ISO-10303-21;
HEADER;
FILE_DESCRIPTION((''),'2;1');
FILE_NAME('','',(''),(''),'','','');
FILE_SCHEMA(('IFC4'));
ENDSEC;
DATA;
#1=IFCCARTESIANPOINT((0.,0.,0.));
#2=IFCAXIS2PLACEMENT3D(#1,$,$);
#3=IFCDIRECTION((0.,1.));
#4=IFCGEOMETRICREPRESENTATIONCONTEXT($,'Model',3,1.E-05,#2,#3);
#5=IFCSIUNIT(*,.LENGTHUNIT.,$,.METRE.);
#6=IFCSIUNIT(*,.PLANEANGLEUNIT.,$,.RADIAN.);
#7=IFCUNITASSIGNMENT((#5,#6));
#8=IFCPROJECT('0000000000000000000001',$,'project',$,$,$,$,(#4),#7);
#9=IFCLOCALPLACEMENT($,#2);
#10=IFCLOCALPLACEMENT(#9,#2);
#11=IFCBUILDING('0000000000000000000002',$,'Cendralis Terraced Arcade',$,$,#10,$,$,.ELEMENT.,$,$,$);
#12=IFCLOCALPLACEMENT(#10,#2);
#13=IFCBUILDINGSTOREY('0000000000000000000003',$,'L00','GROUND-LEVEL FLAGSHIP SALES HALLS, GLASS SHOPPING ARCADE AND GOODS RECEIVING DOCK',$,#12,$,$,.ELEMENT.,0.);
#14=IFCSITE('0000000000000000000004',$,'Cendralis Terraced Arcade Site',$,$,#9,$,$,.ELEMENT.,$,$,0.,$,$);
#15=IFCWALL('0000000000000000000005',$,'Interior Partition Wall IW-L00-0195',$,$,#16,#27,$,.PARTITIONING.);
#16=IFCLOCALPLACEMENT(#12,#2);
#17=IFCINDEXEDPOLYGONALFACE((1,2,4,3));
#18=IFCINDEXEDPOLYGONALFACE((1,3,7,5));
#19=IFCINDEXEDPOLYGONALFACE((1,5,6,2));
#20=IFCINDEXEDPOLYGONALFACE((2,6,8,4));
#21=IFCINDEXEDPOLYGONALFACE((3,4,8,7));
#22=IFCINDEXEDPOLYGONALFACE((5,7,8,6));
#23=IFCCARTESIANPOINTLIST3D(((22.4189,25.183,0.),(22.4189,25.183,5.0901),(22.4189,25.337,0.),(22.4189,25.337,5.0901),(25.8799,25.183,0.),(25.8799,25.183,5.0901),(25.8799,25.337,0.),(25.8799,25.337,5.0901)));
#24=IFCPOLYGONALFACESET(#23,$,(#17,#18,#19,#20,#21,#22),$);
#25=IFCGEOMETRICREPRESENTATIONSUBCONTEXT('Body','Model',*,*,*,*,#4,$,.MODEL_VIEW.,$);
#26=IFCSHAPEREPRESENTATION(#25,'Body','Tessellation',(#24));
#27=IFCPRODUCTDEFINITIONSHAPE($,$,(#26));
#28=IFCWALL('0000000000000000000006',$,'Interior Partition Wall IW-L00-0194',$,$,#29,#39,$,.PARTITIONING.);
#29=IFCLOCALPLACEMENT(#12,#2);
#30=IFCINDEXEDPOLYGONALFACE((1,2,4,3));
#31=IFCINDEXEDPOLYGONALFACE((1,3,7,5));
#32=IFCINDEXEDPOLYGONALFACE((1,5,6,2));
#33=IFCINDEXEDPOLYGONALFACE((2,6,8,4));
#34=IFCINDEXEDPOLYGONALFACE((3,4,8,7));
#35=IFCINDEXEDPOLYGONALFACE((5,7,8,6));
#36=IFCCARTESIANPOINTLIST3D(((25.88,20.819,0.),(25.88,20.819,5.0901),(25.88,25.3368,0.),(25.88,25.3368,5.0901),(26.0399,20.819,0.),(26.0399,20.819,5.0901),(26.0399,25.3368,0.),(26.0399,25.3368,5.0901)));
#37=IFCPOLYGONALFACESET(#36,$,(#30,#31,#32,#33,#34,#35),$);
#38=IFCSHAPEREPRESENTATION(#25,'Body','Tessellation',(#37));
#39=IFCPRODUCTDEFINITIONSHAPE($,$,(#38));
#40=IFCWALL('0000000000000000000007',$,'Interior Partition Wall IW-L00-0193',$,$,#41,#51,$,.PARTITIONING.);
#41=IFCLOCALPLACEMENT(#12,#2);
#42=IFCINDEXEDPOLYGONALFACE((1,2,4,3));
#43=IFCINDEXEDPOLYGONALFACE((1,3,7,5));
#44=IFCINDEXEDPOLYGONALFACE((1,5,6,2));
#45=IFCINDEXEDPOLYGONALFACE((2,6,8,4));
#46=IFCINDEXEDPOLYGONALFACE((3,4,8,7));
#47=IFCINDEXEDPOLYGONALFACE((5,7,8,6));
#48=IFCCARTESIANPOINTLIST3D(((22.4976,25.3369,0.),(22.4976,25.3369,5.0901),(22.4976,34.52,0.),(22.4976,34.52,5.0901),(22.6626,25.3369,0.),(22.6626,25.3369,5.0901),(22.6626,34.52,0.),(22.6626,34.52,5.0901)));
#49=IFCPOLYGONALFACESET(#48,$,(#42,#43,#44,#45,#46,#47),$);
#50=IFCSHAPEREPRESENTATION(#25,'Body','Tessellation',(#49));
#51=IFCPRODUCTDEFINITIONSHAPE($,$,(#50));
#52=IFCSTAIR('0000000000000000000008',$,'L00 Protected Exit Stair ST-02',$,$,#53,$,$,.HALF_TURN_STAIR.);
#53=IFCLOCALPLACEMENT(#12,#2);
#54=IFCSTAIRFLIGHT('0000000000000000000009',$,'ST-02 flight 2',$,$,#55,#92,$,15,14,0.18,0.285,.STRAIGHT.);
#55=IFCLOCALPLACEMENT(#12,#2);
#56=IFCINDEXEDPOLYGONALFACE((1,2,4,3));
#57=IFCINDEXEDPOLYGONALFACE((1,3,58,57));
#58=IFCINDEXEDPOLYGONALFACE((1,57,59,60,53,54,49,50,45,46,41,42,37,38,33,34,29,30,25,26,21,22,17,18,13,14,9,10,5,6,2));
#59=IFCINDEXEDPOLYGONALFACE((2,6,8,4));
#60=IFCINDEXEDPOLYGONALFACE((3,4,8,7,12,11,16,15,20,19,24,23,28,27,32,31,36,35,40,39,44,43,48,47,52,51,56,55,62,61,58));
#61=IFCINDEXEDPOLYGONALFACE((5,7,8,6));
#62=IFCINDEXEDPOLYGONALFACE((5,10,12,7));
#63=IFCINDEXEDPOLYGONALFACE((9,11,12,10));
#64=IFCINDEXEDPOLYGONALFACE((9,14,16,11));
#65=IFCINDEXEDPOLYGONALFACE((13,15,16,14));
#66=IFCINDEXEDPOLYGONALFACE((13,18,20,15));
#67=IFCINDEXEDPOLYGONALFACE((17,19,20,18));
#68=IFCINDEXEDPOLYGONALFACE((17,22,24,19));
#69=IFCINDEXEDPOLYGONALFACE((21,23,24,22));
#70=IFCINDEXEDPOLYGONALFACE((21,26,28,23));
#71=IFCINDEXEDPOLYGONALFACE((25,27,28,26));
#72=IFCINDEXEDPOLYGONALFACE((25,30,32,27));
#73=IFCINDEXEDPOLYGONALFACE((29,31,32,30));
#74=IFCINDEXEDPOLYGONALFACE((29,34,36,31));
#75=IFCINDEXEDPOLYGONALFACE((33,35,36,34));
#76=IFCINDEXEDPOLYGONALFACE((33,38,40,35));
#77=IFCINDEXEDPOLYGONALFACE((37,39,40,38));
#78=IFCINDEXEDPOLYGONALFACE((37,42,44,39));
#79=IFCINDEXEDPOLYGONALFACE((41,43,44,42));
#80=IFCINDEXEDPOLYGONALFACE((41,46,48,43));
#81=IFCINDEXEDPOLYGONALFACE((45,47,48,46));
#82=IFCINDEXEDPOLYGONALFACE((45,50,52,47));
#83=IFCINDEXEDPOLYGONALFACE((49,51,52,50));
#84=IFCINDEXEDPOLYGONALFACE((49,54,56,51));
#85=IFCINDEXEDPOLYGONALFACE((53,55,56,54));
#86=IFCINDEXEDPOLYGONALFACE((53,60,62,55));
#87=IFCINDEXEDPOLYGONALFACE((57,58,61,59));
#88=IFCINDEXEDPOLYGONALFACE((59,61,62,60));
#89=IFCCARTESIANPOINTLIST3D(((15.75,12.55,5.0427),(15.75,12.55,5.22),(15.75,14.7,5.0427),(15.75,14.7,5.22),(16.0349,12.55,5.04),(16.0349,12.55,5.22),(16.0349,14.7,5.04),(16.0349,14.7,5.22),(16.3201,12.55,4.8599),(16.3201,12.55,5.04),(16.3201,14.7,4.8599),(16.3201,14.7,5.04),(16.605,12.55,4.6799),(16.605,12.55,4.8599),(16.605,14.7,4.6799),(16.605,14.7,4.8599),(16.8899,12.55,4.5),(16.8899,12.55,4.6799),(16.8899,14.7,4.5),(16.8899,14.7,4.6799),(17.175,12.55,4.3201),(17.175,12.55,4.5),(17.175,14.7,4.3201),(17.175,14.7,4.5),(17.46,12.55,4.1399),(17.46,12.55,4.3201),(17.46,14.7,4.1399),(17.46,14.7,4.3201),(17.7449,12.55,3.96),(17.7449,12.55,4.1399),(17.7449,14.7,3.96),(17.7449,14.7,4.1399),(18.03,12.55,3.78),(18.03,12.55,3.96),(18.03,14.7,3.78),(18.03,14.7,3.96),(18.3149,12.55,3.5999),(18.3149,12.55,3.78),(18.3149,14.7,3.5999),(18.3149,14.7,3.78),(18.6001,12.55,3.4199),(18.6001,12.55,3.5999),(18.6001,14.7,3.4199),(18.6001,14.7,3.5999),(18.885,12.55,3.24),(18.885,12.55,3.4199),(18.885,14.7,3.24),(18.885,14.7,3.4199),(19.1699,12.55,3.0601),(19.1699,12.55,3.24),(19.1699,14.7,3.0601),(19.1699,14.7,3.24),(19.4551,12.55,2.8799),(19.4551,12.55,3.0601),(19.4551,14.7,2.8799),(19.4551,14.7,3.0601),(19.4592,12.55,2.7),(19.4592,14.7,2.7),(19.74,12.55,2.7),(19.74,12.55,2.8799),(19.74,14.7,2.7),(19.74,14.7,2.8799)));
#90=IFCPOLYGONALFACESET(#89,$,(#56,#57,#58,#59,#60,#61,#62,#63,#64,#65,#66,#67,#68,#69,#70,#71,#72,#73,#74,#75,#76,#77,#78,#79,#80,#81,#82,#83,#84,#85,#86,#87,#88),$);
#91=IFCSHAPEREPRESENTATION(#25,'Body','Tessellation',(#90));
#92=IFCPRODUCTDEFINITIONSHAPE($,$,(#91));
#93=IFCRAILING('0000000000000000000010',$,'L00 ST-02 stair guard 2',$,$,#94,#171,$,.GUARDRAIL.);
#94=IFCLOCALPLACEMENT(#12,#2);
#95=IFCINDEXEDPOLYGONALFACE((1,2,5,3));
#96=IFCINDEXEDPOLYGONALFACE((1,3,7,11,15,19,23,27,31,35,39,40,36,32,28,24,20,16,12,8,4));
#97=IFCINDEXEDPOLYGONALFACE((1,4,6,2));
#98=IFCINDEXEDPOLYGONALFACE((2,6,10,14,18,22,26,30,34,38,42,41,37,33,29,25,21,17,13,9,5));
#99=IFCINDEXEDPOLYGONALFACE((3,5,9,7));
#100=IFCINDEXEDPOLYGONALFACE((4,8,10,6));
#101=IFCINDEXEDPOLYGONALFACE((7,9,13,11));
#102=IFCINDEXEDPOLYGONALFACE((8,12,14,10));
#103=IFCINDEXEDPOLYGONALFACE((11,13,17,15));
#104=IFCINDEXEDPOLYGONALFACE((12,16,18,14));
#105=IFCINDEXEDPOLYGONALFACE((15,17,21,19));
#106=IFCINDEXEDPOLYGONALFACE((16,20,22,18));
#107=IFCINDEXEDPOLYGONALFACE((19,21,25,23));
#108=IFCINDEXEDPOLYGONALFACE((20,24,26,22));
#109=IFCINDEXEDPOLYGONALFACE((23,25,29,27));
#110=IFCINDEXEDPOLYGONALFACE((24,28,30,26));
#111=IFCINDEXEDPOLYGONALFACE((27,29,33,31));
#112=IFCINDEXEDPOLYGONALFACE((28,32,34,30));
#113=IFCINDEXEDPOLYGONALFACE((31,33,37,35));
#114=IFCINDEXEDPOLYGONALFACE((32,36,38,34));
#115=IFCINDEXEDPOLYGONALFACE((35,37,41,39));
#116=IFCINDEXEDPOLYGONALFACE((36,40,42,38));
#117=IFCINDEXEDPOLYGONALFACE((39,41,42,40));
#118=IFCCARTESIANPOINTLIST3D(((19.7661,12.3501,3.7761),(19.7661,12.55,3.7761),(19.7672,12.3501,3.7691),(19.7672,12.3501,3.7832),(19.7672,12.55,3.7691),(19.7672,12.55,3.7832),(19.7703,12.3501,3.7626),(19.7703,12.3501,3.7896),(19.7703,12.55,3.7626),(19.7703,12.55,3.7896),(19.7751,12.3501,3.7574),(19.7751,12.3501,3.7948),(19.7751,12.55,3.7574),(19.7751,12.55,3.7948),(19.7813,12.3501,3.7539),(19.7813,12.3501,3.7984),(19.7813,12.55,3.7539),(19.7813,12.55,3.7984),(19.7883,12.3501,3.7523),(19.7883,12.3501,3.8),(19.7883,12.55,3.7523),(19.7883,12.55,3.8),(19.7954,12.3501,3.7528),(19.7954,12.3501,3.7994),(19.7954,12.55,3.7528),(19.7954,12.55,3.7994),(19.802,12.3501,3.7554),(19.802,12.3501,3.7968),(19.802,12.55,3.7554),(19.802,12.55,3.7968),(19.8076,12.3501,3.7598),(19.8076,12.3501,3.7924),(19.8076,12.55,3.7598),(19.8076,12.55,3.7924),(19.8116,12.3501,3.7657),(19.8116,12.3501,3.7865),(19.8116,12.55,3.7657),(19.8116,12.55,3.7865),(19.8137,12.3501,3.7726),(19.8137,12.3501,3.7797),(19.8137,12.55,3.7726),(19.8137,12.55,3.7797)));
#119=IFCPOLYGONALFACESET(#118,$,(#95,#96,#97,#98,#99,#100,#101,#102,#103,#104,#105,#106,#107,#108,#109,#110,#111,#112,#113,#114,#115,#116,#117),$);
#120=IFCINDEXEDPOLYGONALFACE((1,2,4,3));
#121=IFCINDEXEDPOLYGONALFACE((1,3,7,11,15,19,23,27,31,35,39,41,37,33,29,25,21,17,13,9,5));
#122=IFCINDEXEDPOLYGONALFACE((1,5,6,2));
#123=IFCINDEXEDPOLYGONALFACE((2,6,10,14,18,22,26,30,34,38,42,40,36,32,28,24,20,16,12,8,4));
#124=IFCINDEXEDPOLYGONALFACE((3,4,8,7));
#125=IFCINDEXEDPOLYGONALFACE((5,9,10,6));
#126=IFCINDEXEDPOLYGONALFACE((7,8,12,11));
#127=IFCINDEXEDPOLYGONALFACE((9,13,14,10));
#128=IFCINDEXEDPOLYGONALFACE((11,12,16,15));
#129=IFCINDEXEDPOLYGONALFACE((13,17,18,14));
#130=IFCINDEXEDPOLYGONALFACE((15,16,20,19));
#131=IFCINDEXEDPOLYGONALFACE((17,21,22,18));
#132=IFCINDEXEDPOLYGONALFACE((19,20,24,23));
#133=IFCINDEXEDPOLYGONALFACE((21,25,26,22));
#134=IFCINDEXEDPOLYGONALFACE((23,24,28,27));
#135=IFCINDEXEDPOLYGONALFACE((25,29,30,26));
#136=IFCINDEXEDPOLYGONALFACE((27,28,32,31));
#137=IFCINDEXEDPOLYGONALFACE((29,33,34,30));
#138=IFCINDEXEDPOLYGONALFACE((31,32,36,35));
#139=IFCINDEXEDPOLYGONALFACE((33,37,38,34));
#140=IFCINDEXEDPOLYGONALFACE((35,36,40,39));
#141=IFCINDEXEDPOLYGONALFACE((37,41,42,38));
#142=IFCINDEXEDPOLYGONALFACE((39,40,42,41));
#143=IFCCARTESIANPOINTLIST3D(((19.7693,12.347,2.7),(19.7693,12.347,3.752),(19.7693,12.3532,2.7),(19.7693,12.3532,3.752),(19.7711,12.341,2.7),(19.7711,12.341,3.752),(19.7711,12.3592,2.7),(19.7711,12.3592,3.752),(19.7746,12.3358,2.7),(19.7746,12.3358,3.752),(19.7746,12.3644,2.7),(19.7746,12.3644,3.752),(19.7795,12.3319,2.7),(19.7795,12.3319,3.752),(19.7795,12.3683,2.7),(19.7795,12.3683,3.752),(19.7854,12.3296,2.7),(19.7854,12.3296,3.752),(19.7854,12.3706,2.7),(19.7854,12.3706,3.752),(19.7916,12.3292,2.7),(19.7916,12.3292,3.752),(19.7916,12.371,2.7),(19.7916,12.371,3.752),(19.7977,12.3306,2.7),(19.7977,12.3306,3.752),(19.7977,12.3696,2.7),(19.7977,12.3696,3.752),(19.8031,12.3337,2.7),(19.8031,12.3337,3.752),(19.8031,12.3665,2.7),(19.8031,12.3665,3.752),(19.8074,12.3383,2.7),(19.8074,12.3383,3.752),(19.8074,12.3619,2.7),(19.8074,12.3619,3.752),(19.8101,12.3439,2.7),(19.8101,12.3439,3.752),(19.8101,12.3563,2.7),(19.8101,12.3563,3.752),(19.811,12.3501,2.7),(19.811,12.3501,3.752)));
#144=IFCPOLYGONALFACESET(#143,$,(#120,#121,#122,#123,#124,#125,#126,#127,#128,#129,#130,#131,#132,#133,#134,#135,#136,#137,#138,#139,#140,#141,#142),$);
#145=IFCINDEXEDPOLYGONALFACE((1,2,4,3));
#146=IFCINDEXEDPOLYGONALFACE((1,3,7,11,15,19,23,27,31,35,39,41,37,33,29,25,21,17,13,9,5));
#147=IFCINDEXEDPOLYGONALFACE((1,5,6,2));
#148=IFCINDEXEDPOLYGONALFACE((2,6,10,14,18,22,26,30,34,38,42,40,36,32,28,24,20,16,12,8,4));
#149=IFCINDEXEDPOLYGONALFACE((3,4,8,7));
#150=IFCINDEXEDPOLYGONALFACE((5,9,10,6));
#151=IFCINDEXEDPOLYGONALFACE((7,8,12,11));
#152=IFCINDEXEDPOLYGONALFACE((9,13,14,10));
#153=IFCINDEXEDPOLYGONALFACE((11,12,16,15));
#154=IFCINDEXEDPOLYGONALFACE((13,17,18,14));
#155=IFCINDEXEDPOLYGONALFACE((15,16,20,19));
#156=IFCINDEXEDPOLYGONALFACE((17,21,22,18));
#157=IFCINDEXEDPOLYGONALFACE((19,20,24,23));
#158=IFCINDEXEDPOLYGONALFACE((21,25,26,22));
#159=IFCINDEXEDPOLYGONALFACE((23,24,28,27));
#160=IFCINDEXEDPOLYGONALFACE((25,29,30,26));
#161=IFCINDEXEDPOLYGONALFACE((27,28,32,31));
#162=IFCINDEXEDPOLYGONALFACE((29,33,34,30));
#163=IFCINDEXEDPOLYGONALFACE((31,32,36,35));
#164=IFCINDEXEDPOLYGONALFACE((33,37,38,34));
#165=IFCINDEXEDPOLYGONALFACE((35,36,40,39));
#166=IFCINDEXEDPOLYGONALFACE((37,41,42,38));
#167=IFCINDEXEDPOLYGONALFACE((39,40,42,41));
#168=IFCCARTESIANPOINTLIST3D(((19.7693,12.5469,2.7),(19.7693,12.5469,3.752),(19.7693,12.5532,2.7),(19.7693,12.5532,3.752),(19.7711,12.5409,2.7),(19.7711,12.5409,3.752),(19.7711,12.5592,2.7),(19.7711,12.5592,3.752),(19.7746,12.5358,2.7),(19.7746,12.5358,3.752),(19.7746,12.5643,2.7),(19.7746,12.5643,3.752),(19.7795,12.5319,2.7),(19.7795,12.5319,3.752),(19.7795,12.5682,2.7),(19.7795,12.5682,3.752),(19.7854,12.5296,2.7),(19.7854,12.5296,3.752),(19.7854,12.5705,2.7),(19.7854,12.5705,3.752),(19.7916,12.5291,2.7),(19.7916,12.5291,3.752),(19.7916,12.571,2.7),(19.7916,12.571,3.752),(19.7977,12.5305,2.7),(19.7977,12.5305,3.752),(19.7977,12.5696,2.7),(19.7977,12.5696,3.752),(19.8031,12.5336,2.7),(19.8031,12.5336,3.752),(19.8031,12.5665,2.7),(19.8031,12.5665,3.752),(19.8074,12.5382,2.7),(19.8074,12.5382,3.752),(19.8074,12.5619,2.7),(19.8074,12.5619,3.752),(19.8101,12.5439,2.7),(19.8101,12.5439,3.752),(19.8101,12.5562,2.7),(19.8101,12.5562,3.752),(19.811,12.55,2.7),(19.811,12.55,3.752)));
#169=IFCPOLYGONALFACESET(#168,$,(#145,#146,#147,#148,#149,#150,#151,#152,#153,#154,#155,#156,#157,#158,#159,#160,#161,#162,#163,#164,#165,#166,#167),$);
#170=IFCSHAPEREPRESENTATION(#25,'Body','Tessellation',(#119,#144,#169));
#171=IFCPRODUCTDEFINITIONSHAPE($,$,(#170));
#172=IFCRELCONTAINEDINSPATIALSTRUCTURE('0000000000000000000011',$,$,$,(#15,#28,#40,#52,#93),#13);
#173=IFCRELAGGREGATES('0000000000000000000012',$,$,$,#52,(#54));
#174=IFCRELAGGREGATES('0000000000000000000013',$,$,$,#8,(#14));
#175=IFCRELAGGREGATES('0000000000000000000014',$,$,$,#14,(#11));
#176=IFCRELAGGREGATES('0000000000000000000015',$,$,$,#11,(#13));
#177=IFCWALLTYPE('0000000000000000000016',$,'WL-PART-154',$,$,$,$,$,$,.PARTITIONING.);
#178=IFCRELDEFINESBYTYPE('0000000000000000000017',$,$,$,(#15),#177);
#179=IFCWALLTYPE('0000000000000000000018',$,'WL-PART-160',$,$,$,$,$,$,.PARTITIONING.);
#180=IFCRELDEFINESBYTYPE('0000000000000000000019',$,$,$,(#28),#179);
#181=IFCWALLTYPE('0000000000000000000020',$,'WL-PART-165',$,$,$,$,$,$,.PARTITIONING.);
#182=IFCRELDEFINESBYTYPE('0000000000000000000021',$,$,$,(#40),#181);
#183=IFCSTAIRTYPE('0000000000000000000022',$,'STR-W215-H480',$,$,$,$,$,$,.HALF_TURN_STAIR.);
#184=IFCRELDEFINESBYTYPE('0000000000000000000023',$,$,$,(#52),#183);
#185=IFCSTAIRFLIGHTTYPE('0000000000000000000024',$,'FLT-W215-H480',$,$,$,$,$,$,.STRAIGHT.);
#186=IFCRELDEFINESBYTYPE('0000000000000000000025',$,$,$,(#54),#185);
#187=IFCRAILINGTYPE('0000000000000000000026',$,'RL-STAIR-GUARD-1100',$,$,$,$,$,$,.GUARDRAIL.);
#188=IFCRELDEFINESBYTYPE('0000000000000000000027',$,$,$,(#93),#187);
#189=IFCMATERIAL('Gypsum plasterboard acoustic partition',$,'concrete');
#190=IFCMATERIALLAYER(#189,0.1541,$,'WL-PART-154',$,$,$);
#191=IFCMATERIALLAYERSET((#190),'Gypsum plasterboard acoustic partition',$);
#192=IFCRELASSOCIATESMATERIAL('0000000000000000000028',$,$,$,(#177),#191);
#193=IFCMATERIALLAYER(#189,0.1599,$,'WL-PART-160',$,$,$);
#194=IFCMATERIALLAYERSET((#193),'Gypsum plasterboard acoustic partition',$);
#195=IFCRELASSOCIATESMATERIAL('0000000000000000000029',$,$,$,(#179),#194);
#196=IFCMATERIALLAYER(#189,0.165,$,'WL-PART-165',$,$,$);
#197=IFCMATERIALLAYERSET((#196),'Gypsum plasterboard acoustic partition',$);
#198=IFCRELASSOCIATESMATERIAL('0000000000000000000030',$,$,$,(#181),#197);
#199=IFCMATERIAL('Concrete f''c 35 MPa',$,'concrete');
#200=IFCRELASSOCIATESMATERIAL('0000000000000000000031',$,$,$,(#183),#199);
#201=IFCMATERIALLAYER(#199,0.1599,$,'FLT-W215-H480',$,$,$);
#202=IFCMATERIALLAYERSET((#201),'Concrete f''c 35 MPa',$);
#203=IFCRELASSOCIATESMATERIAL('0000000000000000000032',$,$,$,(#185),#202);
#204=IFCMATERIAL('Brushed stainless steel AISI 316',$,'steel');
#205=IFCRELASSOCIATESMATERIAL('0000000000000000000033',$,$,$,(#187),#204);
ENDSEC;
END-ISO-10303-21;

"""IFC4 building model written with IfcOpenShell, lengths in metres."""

from ifc_helpers import new_model, si_unit, direction, frame, frame_2d, origin, origin_2d, place, context, subcontext, project, spatial, polyline, rectangle, circle, outline, extrude, material, layer, layer_set, type_object, element, aggregate, save


model = new_model("IFC4")

# Units and contexts
model_context = context("Model", 3, precision=1e-05, world=origin(), true_north=direction((0.0, 1.0)))
body_context = subcontext(model_context, "Body", "Model", "MODEL_VIEW")
ifc_project = project(units=[si_unit("LENGTHUNIT", "METRE"), si_unit("PLANEANGLEUNIT", "RADIAN")], contexts=[model_context])

# Site, building, storey
site_placement = place(None, origin())
site = spatial("IfcSite", under=ifc_project, at=site_placement, Name="Cendralis Terraced Arcade Site", CompositionType="ELEMENT", RefElevation=0.0)
building_placement = place(site_placement, origin())
building = spatial("IfcBuilding", under=site, at=building_placement, Name="Cendralis Terraced Arcade", CompositionType="ELEMENT")
storey_placement = place(building_placement, origin())
storey = spatial("IfcBuildingStorey", under=building, at=storey_placement, Name="L00", Description="GROUND-LEVEL FLAGSHIP SALES HALLS, GLASS SHOPPING ARCADE AND GOODS RECEIVING DOCK", CompositionType="ELEMENT", Elevation=0.0)

# Shared definitions
ifc_material_1 = material(Name="Concrete f'c 35 MPa", Category="concrete")

# Shared definitions
ifc_material_2 = material(Name="Gypsum plasterboard acoustic partition", Category="concrete")

# Walls
ifc_layer_1 = layer(ifc_material_2, 0.1541, Name="WL-PART-154")
ifc_layer_set_1 = layer_set([ifc_layer_1], Name="Gypsum plasterboard acoustic partition")
wall_type_1 = type_object("IfcWallType", Name="WL-PART-154", PredefinedType="PARTITIONING", material=ifc_layer_set_1)
wall_1_placement = place(storey_placement, frame((25.8799, 25.26, 0.0), z_axis=(0.0, 0.0, 1.0), x_axis=(-1.0, 0.0, 0.0)))
element("IfcWall", 1, at=wall_1_placement, inside=storey, type_object=wall_type_1, Name="Interior Partition Wall IW-L00-0195", PredefinedType="PARTITIONING", context=body_context, shape_type="SweptSolid", body=[
    extrude(rectangle(XDim=3.4609, YDim=0.1541, at=frame_2d((1.7305, 0.0))), origin(), (0.0, 0.0, 1.0), 5.0901),
])
ifc_layer_2 = layer(ifc_material_2, 0.1599, Name="WL-PART-160")
ifc_layer_set_2 = layer_set([ifc_layer_2], Name="Gypsum plasterboard acoustic partition")
wall_type_2 = type_object("IfcWallType", Name="WL-PART-160", PredefinedType="PARTITIONING", material=ifc_layer_set_2)
wall_2_placement = place(storey_placement, frame((25.96, 20.8191, 0.0), z_axis=(0.0, 0.0, 1.0), x_axis=(0.0, 1.0, 0.0)))
element("IfcWall", 2, at=wall_2_placement, inside=storey, type_object=wall_type_2, Name="Interior Partition Wall IW-L00-0194", PredefinedType="PARTITIONING", context=body_context, shape_type="SweptSolid", body=[
    extrude(rectangle(XDim=4.5178, YDim=0.1599, at=frame_2d((2.2588, 0.0))), origin(), (0.0, 0.0, 1.0), 5.0901),
])
ifc_layer_3 = layer(ifc_material_2, 0.165, Name="WL-PART-165")
ifc_layer_set_3 = layer_set([ifc_layer_3], Name="Gypsum plasterboard acoustic partition")
wall_type_3 = type_object("IfcWallType", Name="WL-PART-165", PredefinedType="PARTITIONING", material=ifc_layer_set_3)
wall_3_placement = place(storey_placement, frame((22.5801, 25.3369, 0.0), z_axis=(0.0, 0.0, 1.0), x_axis=(0.0, 1.0, 0.0)))
element("IfcWall", 3, at=wall_3_placement, inside=storey, type_object=wall_type_3, Name="Interior Partition Wall IW-L00-0193", PredefinedType="PARTITIONING", context=body_context, shape_type="SweptSolid", body=[
    extrude(rectangle(XDim=9.1831, YDim=0.165, at=frame_2d((4.5916, 0.0))), origin(), (0.0, 0.0, 1.0), 5.0901),
])

# Stair, stair flight
stair_type = type_object("IfcStairType", Name="STR-W215-H480", PredefinedType="HALF_TURN_STAIR", material=ifc_material_1)
stair_placement = place(storey_placement, origin())
stair = element("IfcStair", 4, at=stair_placement, inside=storey, type_object=stair_type, Name="L00 Protected Exit Stair ST-02", PredefinedType="HALF_TURN_STAIR")
ifc_layer_4 = layer(ifc_material_1, 0.1599, Name="FLT-W215-H480")
ifc_layer_set_4 = layer_set([ifc_layer_4], Name="Concrete f'c 35 MPa")
stair_flight_type = type_object("IfcStairFlightType", Name="FLT-W215-H480", PredefinedType="STRAIGHT", material=ifc_layer_set_4)
stair_flight_placement = place(storey_placement, frame((19.74, 13.625, 2.7), z_axis=(0.0, 0.0, 1.0), x_axis=(-1.0, 0.0, 0.0)))
stair_flight = element("IfcStairFlight", 5, at=stair_flight_placement, type_object=stair_flight_type, Name="ST-02 flight 2", NumberOfRisers=15, NumberOfTreads=14, PredefinedType="STRAIGHT", RiserHeight=0.18, TreadLength=0.285, context=body_context, shape_type="SweptSolid", body=[
    extrude(outline(polyline([(0.0, 0.0), (0.0, 0.1799), (0.2849, 0.1799), (0.2849, 0.3601), (0.5701, 0.3601), (0.5701, 0.54), (0.855, 0.54), (0.855, 0.72), (1.1399, 0.72), (1.1399, 0.8999), (1.425, 0.8999), (1.425, 1.0801), (1.71, 1.0801), (1.71, 1.26), (1.9951, 1.26), (1.9951, 1.4399), (2.28, 1.4399), (2.28, 1.6201), (2.5649, 1.6201), (2.5649, 1.8), (2.8501, 1.8), (2.8501, 1.98), (3.135, 1.98), (3.135, 2.1599), (3.4199, 2.1599), (3.4199, 2.3401), (3.7051, 2.3401), (3.7051, 2.52), (3.99, 2.52), (3.99, 2.7), (3.99, 2.3428), (0.2808, 0.0), (0.0, 0.0)])), frame((0.0, 1.075, 0.0), z_axis=(0.0, -1.0, 0.0), x_axis=(1.0, 0.0, 0.0)), (0.0, 0.0, 1.0), 2.1499),
])
aggregate(stair, [stair_flight])

# Railing
ifc_material_3 = material(Name="Brushed stainless steel AISI 316", Category="steel")
railing_type_1 = type_object("IfcRailingType", Name="RL-STAIR-GUARD-1100", PredefinedType="GUARDRAIL", material=ifc_material_3)
railing_1_placement = place(storey_placement, frame((19.79, 12.3501, 2.7)))
element("IfcRailing", 6, at=railing_1_placement, inside=storey, type_object=railing_type_1, Name="L00 ST-02 stair guard 2", PredefinedType="GUARDRAIL", context=body_context, shape_type="SweptSolid", body=[
    extrude(circle(Radius=0.0239, at=origin_2d()), frame((0.0, 0.0, 1.0762), z_axis=(0.0, 1.0, 0.0), x_axis=(-1.0, 0.0, 0.0)), (0.0, 0.0, 1.0), 0.2),
    extrude(circle(Radius=0.021, at=origin_2d()), origin(), (0.0, 0.0, 1.0), 1.052),
    extrude(circle(Radius=0.021, at=origin_2d()), frame((0.0, 0.2, 0.0)), (0.0, 0.0, 1.0), 1.052),
])

save(model, "model.ifc")
